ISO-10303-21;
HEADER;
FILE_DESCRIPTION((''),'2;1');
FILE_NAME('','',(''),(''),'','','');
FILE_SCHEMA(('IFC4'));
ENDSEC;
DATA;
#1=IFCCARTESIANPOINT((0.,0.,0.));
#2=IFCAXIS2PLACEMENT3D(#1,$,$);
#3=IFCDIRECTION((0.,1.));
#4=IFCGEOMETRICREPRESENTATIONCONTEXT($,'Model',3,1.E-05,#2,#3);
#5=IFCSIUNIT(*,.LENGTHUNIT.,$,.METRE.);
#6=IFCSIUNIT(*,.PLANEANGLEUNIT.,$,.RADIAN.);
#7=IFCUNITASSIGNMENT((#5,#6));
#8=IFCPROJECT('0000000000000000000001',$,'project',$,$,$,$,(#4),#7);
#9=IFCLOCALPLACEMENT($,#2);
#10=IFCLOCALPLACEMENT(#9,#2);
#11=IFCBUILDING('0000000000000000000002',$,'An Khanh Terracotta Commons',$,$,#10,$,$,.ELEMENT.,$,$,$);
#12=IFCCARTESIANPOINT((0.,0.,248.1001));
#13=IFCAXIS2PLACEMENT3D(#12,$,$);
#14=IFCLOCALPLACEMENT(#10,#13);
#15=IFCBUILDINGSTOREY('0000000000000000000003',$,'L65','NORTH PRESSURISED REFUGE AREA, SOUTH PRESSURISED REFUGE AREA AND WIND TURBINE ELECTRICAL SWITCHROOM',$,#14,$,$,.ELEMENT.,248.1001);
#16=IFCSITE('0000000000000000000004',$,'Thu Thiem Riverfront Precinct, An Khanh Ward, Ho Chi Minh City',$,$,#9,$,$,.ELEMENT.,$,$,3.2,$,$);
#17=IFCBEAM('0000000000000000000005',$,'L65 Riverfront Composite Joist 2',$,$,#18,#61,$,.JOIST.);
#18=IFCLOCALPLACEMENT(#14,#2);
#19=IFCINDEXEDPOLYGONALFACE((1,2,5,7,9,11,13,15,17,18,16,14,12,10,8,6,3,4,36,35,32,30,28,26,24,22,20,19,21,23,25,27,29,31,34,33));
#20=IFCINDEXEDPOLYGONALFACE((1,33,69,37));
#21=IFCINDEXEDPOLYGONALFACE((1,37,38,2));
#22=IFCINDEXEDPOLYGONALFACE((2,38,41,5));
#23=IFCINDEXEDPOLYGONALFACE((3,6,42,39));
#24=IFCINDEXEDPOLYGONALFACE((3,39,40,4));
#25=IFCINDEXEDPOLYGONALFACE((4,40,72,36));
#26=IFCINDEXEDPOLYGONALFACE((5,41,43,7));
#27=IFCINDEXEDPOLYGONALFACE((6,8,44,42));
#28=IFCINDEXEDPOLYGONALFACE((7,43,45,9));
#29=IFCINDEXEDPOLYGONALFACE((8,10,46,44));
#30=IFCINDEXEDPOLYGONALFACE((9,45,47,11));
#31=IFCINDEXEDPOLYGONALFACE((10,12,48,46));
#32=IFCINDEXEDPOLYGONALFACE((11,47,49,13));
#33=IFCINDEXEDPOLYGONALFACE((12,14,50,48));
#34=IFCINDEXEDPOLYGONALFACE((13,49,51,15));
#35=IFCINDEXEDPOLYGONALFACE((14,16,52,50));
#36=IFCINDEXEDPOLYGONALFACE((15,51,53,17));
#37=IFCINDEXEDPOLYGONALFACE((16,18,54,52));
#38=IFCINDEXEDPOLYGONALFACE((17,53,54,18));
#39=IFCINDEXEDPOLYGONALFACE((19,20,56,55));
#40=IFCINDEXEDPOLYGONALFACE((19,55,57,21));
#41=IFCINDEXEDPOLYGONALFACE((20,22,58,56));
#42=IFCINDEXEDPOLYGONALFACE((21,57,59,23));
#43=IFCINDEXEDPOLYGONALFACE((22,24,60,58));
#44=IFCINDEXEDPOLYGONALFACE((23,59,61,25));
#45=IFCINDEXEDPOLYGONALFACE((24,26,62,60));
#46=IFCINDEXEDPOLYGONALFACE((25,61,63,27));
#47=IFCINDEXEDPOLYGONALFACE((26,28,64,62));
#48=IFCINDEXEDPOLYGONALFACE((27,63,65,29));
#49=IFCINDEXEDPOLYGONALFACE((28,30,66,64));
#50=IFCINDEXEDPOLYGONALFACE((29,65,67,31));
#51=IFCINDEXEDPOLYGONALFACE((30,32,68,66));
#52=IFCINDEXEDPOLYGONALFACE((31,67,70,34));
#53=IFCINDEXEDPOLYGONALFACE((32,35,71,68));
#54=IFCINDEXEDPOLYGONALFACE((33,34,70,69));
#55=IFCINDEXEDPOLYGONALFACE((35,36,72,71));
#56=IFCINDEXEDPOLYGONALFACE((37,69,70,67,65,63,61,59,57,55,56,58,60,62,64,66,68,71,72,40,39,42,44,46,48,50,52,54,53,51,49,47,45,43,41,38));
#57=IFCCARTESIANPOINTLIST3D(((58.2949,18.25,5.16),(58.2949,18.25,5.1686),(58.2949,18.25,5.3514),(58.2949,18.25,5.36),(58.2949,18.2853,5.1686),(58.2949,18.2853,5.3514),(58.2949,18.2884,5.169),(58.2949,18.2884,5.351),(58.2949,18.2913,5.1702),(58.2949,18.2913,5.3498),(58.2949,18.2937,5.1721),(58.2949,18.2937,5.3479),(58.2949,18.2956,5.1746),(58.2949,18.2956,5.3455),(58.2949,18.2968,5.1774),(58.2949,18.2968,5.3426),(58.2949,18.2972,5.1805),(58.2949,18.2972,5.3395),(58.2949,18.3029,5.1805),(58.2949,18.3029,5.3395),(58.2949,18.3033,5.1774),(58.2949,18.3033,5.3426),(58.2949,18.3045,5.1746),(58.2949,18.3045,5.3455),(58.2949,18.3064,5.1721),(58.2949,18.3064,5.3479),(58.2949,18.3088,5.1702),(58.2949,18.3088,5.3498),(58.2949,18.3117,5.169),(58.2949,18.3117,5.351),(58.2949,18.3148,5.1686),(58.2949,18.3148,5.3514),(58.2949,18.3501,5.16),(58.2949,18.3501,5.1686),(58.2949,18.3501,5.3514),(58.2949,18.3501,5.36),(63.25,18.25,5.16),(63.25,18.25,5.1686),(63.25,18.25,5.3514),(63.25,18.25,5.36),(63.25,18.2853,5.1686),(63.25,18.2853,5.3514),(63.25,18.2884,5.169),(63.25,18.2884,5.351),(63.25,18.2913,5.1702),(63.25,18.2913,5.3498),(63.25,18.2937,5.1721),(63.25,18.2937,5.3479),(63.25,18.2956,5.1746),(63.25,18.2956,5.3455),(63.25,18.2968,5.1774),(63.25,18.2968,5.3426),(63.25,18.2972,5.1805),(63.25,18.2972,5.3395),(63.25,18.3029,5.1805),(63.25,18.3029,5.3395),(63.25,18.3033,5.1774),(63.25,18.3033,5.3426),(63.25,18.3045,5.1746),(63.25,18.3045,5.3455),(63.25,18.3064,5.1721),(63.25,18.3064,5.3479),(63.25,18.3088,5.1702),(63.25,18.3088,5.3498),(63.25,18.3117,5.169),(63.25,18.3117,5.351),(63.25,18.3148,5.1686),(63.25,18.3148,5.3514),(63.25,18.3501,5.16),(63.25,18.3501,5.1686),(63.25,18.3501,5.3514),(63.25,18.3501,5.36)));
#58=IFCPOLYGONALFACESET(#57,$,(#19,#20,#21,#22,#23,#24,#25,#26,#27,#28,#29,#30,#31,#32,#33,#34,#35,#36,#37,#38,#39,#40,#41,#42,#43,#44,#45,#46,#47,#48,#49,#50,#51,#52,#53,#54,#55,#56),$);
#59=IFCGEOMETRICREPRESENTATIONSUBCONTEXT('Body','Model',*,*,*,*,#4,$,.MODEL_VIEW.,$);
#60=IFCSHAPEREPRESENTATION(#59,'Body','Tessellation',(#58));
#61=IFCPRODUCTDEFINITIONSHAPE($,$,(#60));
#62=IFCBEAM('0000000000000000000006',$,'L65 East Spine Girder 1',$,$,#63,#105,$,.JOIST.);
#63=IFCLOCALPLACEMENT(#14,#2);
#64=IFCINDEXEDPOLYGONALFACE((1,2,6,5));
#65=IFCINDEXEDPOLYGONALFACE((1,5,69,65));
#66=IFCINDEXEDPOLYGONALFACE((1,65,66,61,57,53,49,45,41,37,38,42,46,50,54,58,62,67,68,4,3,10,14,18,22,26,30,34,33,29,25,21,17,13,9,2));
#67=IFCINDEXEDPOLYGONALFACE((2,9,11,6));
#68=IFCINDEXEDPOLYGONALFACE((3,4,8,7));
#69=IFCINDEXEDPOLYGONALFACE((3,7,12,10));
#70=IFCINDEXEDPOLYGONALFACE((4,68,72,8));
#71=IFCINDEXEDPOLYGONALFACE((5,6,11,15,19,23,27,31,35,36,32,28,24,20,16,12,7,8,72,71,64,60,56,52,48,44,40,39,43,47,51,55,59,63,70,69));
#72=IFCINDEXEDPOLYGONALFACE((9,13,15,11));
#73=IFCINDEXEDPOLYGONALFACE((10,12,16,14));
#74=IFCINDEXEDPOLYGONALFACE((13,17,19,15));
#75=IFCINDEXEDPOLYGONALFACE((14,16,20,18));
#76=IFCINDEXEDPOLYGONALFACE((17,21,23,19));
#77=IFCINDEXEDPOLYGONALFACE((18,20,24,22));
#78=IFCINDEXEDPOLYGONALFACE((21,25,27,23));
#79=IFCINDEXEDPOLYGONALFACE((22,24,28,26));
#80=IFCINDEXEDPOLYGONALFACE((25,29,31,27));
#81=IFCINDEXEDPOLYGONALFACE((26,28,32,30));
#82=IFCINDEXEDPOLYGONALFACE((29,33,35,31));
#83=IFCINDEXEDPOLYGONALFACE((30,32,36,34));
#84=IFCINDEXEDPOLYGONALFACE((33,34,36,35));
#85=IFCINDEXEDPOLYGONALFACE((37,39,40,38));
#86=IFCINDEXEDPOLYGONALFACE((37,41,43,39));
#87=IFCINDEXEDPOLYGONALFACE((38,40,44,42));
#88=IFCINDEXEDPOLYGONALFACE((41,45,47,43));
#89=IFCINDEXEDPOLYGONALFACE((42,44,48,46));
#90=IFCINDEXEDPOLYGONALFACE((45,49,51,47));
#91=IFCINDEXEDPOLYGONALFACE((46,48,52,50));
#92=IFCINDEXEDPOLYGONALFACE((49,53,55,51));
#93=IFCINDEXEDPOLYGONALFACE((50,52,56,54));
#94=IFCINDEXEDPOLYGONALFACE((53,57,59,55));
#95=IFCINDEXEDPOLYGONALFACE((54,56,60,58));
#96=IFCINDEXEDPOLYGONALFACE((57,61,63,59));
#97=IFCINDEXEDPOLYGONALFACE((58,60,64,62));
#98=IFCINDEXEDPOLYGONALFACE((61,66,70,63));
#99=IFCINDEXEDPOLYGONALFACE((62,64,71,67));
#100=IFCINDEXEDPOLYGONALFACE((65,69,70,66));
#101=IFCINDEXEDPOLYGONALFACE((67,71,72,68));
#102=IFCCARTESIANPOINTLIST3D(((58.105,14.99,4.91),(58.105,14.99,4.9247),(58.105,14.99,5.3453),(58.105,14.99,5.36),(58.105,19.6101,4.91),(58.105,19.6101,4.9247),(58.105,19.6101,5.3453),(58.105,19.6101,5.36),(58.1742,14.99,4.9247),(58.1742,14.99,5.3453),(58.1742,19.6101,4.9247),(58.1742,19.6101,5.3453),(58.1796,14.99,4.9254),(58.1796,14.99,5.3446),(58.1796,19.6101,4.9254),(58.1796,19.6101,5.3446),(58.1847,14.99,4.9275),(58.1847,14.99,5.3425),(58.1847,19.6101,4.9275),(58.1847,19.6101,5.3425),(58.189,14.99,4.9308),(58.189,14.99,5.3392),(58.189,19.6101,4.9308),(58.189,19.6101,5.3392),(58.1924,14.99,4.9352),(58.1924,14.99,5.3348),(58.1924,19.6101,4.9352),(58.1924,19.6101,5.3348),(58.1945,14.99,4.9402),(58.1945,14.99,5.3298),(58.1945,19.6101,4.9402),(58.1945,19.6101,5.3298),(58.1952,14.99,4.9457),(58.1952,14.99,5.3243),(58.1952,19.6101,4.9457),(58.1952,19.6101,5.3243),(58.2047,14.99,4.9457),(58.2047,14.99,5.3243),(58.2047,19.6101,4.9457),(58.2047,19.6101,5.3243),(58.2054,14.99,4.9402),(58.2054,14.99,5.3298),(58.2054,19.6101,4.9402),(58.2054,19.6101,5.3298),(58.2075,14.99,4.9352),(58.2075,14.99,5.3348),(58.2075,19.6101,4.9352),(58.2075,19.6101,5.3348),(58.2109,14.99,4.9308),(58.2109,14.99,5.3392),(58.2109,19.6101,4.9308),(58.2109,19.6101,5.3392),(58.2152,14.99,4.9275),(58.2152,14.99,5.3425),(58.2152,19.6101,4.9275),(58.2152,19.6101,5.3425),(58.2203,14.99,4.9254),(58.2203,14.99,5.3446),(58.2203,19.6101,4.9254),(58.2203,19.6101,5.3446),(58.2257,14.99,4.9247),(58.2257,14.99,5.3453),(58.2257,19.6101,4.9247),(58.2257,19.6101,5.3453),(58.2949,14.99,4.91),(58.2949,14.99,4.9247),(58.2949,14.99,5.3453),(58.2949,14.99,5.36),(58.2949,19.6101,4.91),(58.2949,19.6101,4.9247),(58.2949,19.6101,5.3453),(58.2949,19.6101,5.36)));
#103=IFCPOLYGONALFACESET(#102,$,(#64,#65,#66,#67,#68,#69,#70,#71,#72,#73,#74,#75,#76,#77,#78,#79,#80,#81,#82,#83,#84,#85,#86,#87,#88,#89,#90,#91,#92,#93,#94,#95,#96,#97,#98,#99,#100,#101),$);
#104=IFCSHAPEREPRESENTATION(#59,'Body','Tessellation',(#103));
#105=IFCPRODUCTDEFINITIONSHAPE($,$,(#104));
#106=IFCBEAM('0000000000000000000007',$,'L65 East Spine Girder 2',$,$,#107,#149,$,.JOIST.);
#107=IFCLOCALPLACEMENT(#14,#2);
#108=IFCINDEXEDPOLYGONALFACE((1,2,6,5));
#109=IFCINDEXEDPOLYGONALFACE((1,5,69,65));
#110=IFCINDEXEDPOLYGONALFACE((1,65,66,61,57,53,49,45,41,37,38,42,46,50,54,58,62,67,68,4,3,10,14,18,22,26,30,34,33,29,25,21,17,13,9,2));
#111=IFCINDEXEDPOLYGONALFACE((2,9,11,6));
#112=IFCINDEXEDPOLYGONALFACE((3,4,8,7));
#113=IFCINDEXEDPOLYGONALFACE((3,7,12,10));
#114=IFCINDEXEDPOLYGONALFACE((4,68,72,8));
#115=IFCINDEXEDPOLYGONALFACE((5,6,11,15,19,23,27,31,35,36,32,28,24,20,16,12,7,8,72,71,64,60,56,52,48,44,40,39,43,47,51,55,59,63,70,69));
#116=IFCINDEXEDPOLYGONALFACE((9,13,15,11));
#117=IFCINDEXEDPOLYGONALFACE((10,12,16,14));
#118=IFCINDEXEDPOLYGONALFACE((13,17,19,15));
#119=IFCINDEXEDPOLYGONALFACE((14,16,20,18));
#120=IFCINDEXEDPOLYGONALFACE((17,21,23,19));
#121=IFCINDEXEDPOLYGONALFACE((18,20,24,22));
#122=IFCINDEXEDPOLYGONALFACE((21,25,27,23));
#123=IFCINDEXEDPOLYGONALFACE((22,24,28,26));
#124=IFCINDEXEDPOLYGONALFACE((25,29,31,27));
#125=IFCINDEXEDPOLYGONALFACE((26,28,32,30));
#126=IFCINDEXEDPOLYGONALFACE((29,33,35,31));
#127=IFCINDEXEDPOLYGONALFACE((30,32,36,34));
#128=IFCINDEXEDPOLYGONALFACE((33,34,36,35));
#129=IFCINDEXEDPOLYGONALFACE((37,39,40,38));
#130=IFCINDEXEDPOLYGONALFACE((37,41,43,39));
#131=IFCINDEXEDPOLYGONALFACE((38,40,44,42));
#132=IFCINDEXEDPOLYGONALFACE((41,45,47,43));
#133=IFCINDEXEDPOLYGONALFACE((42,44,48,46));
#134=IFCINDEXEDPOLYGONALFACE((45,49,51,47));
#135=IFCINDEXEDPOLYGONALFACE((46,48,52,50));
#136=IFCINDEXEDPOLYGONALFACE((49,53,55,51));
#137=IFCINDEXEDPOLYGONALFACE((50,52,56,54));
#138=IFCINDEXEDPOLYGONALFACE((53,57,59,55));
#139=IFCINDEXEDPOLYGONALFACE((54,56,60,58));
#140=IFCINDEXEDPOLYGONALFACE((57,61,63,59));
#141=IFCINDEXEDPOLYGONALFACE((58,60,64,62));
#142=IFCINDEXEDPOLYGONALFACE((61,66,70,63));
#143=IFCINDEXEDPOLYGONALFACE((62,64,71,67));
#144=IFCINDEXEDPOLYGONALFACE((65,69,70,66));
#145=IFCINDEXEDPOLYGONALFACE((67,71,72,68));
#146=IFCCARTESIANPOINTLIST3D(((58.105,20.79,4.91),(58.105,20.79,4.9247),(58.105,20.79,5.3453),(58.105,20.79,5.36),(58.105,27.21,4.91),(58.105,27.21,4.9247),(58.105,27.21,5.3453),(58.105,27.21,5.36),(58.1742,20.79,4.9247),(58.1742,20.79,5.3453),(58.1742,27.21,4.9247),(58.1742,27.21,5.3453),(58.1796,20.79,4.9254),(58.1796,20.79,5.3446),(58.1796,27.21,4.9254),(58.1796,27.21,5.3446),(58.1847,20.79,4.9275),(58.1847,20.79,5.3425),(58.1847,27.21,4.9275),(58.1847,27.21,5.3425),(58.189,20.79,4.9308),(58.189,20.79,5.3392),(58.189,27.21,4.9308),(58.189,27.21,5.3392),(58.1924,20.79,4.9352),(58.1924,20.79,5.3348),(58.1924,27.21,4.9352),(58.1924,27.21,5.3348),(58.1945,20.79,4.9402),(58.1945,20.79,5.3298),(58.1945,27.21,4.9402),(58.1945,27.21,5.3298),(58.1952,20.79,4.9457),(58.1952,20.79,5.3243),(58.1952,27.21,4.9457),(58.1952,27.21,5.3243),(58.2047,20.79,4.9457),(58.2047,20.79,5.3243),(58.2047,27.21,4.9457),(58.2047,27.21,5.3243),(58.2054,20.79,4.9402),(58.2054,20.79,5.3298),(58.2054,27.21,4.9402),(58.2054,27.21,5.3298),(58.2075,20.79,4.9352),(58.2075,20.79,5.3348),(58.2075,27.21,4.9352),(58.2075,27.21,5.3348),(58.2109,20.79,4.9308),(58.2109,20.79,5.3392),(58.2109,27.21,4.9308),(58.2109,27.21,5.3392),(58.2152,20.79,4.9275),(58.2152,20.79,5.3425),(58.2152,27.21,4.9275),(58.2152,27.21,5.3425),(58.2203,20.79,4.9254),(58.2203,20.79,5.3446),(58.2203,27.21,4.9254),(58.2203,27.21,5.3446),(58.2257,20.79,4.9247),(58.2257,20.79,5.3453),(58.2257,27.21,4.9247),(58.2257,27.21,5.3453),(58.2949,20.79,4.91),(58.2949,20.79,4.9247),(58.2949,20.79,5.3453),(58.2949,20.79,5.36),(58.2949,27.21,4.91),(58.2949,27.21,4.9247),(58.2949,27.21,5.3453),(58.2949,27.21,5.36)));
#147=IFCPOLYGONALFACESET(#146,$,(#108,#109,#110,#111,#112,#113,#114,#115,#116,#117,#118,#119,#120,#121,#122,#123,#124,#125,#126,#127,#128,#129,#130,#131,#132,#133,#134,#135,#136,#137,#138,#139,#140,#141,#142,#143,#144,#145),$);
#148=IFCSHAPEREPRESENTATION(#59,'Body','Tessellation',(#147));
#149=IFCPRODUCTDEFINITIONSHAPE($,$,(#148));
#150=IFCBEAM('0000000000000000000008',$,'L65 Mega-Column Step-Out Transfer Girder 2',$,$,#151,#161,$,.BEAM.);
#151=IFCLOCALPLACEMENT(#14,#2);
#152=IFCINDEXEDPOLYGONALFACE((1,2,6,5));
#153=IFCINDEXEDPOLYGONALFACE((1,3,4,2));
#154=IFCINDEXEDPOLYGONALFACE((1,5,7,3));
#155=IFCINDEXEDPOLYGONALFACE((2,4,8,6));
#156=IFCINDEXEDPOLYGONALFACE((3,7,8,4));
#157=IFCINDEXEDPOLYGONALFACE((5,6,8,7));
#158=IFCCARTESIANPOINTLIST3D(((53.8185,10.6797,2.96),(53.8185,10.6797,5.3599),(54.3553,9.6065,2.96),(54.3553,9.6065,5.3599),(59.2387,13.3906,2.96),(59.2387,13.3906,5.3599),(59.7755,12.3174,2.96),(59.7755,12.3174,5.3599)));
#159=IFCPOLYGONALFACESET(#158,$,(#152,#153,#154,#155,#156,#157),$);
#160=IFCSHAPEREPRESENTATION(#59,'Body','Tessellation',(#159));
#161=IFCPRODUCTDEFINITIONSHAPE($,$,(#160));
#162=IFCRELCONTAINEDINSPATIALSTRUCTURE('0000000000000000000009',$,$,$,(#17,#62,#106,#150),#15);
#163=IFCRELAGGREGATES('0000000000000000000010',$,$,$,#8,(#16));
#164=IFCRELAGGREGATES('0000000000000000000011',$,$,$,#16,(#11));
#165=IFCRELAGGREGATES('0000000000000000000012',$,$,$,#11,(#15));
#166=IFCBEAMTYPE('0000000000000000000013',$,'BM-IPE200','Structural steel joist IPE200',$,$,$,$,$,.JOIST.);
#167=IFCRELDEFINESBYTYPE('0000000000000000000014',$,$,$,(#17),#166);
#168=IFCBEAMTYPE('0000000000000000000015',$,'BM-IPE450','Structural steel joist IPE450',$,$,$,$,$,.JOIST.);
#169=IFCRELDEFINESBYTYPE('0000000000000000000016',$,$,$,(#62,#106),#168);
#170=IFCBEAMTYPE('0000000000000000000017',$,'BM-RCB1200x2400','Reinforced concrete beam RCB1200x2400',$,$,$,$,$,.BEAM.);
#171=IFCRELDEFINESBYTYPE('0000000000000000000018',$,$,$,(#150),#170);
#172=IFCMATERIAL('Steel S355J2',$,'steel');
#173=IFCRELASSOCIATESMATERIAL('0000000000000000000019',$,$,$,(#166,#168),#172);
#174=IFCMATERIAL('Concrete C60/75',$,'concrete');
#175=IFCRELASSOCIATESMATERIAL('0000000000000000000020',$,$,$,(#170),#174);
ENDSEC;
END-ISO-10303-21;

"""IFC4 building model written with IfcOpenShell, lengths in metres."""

from ifc_helpers import new_model, si_unit, direction, frame, origin, origin_2d, place, context, subcontext, project, spatial, rectangle, i_section, extrude, material, material_profile, profile_set, type_object, element, save


model = new_model("IFC4")

# Units and contexts
model_context = context("Model", 3, precision=1e-05, world=origin(), true_north=direction((0.0, 1.0)))
body_context = subcontext(model_context, "Body", "Model", "MODEL_VIEW")
ifc_project = project(units=[si_unit("LENGTHUNIT", "METRE"), si_unit("PLANEANGLEUNIT", "RADIAN")], contexts=[model_context])

# Site, building, storey
site_placement = place(None, origin())
site = spatial("IfcSite", under=ifc_project, at=site_placement, Name="Thu Thiem Riverfront Precinct, An Khanh Ward, Ho Chi Minh City", CompositionType="ELEMENT", RefElevation=3.2)
building_placement = place(site_placement, origin())
building = spatial("IfcBuilding", under=site, at=building_placement, Name="An Khanh Terracotta Commons", CompositionType="ELEMENT")
storey_placement = place(building_placement, frame((0.0, 0.0, 248.1001)))
storey = spatial("IfcBuildingStorey", under=building, at=storey_placement, Name="L65", Description="NORTH PRESSURISED REFUGE AREA, SOUTH PRESSURISED REFUGE AREA AND WIND TURBINE ELECTRICAL SWITCHROOM", CompositionType="ELEMENT", Elevation=248.1001)

# Shared definitions
ifc_material_1 = material(Name="Concrete C60/75", Category="concrete")

# Beams
ifc_material_2 = material(Name="Steel S355J2", Category="steel")
ifc_material_profile_1 = material_profile(ifc_material_2, i_section(OverallWidth=0.1001, OverallDepth=0.2, WebThickness=0.0056, FlangeThickness=0.0085, FilletRadius=0.012, at=origin_2d()), Name="IPE200")
ifc_profile_set_1 = profile_set([ifc_material_profile_1], Name="Steel S355J2")
beam_type_1 = type_object("IfcBeamType", Name="BM-IPE200", Description="Structural steel joist IPE200", PredefinedType="JOIST", material=ifc_profile_set_1)
beam_1_placement = place(storey_placement, frame((58.2949, 18.3, 5.26), z_axis=(1.0, 0.0, 0.0), x_axis=(0.0, 1.0, 0.0)))
element("IfcBeam", 1, at=beam_1_placement, inside=storey, type_object=beam_type_1, Name="L65 Riverfront Composite Joist 2", PredefinedType="JOIST", context=body_context, shape_type="SweptSolid", body=[
    extrude(i_section(OverallWidth=0.1001, OverallDepth=0.2, WebThickness=0.0056, FlangeThickness=0.0085, FilletRadius=0.012, at=origin_2d()), origin(), (0.0, 0.0, 1.0), 4.9551),
])
ifc_material_profile_2 = material_profile(ifc_material_2, i_section(OverallWidth=0.1899, OverallDepth=0.45, WebThickness=0.0095, FlangeThickness=0.0146, FilletRadius=0.021, at=origin_2d()), Name="IPE450")
ifc_profile_set_2 = profile_set([ifc_material_profile_2], Name="Steel S355J2")
beam_type_2 = type_object("IfcBeamType", Name="BM-IPE450", Description="Structural steel joist IPE450", PredefinedType="JOIST", material=ifc_profile_set_2)
beam_2_placement = place(storey_placement, frame((58.2, 14.99, 5.135), z_axis=(0.0, 1.0, 0.0), x_axis=(-1.0, 0.0, 0.0)))
element("IfcBeam", 2, at=beam_2_placement, inside=storey, type_object=beam_type_2, Name="L65 East Spine Girder 1", PredefinedType="JOIST", context=body_context, shape_type="SweptSolid", body=[
    extrude(i_section(OverallWidth=0.1899, OverallDepth=0.45, WebThickness=0.0095, FlangeThickness=0.0146, FilletRadius=0.021, at=origin_2d()), origin(), (0.0, 0.0, 1.0), 4.6201),
])
beam_3_placement = place(storey_placement, frame((58.2, 20.79, 5.135), z_axis=(0.0, 1.0, 0.0), x_axis=(-1.0, 0.0, 0.0)))
element("IfcBeam", 3, at=beam_3_placement, inside=storey, type_object=beam_type_2, Name="L65 East Spine Girder 2", PredefinedType="JOIST", context=body_context, shape_type="SweptSolid", body=[
    extrude(i_section(OverallWidth=0.1899, OverallDepth=0.45, WebThickness=0.0095, FlangeThickness=0.0146, FilletRadius=0.021, at=origin_2d()), origin(), (0.0, 0.0, 1.0), 6.4199),
])
ifc_material_profile_3 = material_profile(ifc_material_1, rectangle(XDim=1.2, YDim=2.3999, at=origin_2d()), Name="RCB1200x2400")
ifc_profile_set_3 = profile_set([ifc_material_profile_3], Name="Concrete C60/75")
beam_type_3 = type_object("IfcBeamType", Name="BM-RCB1200x2400", Description="Reinforced concrete beam RCB1200x2400", PredefinedType="BEAM", material=ifc_profile_set_3)
beam_4_placement = place(storey_placement, frame((54.0869, 10.1431, 4.1599), z_axis=(0.894371, 0.447326, 0.0), x_axis=(-0.447326, 0.894371, 0.0)))
element("IfcBeam", 4, at=beam_4_placement, inside=storey, type_object=beam_type_3, Name="L65 Mega-Column Step-Out Transfer Girder 2", PredefinedType="BEAM", context=body_context, shape_type="SweptSolid", body=[
    extrude(rectangle(XDim=1.2, YDim=2.3999, at=origin_2d()), origin(), (0.0, 0.0, 1.0), 6.0603),
])

save(model, "model.ifc")
